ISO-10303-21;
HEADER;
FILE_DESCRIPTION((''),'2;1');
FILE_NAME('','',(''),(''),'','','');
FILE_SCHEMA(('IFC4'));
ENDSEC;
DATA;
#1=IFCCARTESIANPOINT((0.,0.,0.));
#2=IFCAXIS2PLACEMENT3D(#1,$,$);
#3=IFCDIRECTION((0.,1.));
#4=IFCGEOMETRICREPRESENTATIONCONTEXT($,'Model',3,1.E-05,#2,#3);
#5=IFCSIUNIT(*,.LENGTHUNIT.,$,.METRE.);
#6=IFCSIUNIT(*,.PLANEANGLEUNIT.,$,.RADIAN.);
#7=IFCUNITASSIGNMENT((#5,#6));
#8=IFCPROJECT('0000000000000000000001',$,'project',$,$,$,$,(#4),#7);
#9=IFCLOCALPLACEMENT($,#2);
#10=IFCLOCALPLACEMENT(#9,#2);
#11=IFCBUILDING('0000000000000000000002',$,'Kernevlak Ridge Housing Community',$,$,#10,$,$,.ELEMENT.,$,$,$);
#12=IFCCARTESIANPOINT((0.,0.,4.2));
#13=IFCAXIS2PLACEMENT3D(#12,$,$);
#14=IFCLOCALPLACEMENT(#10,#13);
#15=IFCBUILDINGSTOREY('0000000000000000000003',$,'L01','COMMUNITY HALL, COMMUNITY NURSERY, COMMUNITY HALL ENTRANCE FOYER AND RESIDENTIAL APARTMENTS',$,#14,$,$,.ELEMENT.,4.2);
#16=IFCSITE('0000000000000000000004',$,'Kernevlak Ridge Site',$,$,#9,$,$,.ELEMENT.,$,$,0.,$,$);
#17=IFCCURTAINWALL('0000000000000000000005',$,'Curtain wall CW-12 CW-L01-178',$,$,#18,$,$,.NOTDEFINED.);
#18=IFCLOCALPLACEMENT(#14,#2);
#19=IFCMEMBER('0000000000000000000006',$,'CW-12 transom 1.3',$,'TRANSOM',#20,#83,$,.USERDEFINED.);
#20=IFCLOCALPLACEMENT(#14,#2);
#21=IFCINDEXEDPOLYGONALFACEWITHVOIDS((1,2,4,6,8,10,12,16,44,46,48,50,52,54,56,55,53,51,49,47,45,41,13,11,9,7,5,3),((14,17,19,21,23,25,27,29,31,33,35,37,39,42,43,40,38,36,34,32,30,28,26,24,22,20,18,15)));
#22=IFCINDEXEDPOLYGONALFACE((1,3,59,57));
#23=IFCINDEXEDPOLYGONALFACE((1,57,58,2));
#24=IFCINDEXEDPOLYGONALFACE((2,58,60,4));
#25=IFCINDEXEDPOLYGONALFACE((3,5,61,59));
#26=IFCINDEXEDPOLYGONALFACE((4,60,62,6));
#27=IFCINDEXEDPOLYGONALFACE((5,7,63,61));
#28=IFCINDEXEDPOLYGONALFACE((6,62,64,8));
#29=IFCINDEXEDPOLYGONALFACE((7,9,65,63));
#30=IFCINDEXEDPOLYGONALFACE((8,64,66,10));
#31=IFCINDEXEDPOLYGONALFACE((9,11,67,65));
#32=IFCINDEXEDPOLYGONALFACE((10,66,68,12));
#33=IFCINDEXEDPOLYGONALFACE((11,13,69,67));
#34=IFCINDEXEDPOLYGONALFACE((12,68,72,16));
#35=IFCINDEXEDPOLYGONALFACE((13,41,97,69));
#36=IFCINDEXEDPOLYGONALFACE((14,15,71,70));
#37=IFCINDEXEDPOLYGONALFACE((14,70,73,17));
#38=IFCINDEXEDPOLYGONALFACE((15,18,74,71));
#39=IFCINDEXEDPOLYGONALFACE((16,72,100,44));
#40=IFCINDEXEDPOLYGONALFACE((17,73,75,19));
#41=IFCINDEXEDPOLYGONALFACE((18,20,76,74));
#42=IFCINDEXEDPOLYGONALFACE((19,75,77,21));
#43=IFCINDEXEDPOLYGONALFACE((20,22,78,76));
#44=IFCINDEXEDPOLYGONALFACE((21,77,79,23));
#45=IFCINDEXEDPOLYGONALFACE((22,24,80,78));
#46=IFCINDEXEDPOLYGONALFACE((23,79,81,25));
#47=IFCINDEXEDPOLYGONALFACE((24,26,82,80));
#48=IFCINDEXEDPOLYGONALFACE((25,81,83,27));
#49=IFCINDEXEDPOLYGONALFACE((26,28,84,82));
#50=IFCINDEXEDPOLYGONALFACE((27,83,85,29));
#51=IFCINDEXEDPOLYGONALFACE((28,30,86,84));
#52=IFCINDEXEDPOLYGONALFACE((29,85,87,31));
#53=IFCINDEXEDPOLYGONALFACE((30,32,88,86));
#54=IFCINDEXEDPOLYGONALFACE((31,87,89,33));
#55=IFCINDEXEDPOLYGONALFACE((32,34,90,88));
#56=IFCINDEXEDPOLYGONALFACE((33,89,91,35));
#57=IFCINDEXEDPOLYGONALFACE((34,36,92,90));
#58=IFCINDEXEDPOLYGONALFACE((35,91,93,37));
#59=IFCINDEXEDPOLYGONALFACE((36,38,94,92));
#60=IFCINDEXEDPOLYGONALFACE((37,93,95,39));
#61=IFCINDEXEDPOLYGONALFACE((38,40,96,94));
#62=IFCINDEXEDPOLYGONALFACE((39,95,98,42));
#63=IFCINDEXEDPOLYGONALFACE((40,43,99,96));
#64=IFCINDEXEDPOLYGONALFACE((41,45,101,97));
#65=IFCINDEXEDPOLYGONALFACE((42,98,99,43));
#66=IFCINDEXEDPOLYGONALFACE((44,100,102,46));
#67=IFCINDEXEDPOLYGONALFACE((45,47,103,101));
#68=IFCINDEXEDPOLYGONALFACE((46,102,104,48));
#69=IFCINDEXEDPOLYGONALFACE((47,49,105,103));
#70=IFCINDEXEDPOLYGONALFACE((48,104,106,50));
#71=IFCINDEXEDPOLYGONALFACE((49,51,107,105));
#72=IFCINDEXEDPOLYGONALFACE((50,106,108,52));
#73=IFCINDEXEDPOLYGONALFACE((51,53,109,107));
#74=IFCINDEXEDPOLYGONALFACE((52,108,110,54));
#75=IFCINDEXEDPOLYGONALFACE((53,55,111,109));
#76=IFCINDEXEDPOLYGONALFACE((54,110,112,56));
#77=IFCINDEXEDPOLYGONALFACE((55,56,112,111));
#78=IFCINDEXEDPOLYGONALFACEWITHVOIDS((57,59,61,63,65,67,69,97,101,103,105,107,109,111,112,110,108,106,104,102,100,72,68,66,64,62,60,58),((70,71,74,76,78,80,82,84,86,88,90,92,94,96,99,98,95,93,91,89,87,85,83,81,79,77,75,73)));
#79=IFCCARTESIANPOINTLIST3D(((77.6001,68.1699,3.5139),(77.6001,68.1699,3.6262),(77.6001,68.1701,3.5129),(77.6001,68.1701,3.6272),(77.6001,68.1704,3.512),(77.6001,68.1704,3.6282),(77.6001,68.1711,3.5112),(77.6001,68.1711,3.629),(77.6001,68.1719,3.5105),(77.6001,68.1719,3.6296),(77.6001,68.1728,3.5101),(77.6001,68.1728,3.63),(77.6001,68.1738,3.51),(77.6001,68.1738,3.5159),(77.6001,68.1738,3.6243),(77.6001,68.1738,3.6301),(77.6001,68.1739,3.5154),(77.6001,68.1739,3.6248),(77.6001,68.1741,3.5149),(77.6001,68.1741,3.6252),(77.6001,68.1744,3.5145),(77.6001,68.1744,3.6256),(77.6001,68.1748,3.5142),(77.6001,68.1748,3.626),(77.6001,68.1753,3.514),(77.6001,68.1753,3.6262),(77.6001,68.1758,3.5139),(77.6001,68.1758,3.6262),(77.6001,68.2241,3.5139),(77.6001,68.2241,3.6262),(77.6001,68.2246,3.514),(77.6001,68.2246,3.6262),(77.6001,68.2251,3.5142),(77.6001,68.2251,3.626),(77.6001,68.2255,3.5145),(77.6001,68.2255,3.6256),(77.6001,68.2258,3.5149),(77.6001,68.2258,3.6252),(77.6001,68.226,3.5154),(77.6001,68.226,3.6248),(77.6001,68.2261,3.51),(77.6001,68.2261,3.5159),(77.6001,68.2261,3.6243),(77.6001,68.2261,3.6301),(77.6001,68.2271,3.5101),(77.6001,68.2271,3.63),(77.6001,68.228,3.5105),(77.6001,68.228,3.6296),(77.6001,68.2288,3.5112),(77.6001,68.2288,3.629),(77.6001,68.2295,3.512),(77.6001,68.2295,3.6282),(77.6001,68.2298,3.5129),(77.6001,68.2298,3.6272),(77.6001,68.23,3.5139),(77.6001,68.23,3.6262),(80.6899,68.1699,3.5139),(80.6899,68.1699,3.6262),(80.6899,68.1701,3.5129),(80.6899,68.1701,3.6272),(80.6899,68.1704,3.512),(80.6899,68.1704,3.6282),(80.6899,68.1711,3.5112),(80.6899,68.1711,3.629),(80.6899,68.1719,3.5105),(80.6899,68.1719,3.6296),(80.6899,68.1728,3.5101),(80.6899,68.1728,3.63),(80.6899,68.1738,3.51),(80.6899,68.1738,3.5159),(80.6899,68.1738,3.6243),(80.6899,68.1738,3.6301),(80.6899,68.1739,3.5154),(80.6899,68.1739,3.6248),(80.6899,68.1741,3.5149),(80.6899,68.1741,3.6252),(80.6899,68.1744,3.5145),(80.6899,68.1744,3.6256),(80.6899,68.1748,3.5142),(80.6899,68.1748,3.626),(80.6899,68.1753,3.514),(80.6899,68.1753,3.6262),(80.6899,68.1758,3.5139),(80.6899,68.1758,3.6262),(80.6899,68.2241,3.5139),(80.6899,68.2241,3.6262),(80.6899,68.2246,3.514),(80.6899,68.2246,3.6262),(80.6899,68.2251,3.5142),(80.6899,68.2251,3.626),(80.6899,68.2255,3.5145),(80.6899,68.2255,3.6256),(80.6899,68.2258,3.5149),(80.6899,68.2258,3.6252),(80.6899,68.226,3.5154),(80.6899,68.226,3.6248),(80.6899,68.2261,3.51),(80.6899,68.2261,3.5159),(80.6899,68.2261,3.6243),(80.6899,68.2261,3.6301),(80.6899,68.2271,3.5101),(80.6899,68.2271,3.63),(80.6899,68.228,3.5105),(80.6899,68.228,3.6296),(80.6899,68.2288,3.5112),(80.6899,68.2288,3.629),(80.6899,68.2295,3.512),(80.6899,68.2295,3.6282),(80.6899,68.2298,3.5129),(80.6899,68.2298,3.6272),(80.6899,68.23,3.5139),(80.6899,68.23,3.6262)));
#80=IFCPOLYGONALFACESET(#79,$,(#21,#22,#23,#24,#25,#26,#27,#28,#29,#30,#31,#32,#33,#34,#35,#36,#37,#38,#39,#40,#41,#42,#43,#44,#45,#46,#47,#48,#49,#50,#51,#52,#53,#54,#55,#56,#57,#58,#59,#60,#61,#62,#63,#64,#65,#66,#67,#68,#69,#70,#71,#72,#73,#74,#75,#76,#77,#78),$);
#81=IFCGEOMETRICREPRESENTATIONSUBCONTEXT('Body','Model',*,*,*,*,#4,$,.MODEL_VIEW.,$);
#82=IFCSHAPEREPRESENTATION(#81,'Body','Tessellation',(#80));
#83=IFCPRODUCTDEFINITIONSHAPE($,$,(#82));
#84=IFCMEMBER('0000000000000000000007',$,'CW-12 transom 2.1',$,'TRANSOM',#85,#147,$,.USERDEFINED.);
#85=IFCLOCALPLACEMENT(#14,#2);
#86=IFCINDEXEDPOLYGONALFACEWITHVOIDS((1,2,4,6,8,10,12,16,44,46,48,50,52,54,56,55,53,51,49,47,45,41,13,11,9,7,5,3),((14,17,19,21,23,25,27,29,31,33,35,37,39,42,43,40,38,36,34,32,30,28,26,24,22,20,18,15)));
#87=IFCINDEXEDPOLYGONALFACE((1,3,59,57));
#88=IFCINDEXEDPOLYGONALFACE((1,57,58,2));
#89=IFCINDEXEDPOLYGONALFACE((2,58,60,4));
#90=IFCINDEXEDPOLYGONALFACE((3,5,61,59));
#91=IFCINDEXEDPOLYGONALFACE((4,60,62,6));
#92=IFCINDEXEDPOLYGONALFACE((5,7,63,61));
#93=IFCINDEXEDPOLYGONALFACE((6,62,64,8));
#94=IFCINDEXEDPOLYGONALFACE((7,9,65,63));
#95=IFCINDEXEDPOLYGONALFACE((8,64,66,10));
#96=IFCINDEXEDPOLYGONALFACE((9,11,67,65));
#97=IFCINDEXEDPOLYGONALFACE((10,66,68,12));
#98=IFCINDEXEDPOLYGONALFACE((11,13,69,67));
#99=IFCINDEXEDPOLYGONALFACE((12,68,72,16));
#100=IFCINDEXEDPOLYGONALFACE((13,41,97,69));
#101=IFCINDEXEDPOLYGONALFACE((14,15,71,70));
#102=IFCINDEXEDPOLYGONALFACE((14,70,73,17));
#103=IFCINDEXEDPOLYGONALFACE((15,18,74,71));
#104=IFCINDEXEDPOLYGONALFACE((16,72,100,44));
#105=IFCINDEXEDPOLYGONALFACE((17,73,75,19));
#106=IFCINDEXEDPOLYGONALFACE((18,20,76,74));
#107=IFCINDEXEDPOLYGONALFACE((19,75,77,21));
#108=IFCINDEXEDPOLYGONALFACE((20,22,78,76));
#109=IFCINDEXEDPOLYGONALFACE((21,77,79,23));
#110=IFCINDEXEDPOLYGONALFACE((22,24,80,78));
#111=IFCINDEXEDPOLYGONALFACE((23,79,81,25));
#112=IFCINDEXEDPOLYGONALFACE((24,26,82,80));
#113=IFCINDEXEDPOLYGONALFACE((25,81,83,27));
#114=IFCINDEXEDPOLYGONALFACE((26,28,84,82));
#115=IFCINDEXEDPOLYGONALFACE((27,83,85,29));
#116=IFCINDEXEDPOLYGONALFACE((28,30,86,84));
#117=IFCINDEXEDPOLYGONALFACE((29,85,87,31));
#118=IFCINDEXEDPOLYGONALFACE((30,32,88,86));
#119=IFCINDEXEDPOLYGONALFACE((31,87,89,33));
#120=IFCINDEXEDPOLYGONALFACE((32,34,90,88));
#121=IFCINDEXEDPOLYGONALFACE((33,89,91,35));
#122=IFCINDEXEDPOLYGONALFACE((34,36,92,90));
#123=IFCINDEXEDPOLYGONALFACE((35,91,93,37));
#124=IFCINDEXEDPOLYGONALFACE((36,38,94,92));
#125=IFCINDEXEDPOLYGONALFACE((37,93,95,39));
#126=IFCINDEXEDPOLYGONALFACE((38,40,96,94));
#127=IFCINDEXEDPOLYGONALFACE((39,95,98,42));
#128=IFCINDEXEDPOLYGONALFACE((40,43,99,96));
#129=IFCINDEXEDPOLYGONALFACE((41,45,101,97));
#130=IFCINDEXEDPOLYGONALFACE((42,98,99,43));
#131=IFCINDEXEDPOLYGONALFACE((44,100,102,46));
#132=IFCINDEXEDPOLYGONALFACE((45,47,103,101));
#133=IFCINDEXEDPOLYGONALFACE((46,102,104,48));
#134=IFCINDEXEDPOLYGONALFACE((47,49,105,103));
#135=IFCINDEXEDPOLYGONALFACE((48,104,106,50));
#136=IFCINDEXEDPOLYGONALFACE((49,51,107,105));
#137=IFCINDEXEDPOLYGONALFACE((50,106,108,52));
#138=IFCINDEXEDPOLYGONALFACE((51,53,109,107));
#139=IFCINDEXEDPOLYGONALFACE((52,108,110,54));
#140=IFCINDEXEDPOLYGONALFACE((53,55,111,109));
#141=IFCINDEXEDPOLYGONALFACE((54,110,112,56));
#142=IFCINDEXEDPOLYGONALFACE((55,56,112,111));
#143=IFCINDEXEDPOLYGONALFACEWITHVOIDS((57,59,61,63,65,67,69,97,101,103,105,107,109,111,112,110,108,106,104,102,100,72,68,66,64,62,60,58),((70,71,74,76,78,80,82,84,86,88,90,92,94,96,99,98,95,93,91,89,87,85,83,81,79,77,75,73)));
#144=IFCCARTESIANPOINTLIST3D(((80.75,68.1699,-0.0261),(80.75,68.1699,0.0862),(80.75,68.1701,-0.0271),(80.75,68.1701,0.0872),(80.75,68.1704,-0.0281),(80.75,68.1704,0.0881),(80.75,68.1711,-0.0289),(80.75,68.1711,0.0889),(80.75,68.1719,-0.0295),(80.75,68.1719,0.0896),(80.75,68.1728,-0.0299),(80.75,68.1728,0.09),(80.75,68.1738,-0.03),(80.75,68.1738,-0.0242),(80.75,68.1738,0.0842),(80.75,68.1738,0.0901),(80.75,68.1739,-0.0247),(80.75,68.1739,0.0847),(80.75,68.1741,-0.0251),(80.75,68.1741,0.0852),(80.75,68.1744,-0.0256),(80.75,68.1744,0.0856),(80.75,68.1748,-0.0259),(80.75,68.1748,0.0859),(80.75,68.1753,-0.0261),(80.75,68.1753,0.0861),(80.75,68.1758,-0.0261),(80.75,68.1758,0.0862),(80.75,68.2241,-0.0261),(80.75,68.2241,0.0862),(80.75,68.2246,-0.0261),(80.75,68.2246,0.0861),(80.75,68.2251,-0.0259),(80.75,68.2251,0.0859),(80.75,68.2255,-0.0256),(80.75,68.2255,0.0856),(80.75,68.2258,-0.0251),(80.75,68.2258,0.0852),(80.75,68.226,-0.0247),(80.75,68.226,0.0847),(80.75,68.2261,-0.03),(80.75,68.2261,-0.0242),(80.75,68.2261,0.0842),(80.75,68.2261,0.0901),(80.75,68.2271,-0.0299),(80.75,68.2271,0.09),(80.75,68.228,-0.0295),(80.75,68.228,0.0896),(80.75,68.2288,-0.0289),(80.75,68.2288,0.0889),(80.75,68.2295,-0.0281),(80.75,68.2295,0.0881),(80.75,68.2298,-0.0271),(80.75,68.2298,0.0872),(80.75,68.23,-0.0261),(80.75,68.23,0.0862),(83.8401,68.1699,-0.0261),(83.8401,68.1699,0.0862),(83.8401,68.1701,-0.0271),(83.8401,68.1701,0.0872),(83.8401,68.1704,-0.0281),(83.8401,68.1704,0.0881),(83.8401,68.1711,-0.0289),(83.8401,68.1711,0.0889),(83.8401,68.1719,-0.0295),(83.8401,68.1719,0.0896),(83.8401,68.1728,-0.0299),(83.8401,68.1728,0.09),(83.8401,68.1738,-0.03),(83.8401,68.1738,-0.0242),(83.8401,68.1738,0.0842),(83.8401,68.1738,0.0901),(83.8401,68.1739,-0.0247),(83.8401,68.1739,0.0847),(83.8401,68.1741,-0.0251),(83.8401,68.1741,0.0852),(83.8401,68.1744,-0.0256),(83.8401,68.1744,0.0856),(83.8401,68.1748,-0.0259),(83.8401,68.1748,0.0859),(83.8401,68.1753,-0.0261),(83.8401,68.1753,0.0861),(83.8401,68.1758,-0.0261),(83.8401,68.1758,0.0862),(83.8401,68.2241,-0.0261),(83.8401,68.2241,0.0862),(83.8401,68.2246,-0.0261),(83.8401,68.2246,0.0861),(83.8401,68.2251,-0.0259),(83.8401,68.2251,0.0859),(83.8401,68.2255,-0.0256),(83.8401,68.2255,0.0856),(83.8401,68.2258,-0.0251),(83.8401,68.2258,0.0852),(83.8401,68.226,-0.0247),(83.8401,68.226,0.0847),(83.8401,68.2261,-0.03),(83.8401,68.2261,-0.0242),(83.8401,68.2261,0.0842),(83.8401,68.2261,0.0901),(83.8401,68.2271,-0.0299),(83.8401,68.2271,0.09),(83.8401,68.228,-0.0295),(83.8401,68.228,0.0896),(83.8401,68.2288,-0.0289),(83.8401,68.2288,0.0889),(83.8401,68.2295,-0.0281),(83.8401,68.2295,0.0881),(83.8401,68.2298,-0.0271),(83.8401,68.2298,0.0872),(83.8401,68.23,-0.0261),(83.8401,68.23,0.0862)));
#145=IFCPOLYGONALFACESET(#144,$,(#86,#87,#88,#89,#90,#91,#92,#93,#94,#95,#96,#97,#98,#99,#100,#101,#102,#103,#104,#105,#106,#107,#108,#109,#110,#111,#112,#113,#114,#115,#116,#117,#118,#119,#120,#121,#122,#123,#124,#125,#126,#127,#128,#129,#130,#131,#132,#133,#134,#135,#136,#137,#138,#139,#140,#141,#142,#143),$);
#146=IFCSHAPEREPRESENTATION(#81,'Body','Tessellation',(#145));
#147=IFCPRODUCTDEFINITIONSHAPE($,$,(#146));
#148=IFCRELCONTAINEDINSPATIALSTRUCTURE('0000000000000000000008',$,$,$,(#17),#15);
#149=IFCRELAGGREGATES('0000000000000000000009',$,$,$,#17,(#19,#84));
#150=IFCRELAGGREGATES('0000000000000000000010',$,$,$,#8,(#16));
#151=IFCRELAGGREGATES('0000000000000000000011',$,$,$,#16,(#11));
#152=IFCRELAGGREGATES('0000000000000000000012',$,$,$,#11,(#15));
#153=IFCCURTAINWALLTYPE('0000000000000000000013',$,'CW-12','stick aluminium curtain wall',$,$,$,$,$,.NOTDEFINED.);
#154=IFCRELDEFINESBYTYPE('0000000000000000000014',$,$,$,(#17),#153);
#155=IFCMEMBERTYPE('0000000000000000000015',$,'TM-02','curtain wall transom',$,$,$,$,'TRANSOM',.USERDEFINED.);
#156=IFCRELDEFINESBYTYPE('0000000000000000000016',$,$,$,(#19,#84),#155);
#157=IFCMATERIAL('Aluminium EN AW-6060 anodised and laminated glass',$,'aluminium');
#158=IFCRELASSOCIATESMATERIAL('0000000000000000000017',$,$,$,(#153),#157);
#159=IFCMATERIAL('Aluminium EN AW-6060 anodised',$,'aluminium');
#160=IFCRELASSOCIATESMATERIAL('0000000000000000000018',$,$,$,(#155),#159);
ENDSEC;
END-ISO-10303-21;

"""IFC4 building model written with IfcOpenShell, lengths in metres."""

from ifc_helpers import new_model, si_unit, direction, frame, origin, origin_2d, place, context, subcontext, project, spatial, hollow_rectangle, extrude, material, material_profile, profile_set, type_object, element, aggregate, save


model = new_model("IFC4")

# Units and contexts
model_context = context("Model", 3, precision=1e-05, world=origin(), true_north=direction((0.0, 1.0)))
body_context = subcontext(model_context, "Body", "Model", "MODEL_VIEW")
ifc_project = project(units=[si_unit("LENGTHUNIT", "METRE"), si_unit("PLANEANGLEUNIT", "RADIAN")], contexts=[model_context])

# Site, building, storey
site_placement = place(None, origin())
site = spatial("IfcSite", under=ifc_project, at=site_placement, Name="Kernevlak Ridge Site", CompositionType="ELEMENT", RefElevation=0.0)
building_placement = place(site_placement, origin())
building = spatial("IfcBuilding", under=site, at=building_placement, Name="Kernevlak Ridge Housing Community", CompositionType="ELEMENT")
storey_placement = place(building_placement, frame((0.0, 0.0, 4.2)))
storey = spatial("IfcBuildingStorey", under=building, at=storey_placement, Name="L01", Description="COMMUNITY HALL, COMMUNITY NURSERY, COMMUNITY HALL ENTRANCE FOYER AND RESIDENTIAL APARTMENTS", CompositionType="ELEMENT", Elevation=4.2)

# Curtain wall
ifc_material_1 = material(Name="Aluminium EN AW-6060 anodised and laminated glass", Category="aluminium")
ifc_material_2 = material(Name="Aluminium EN AW-6060 anodised", Category="aluminium")
curtain_wall_type_1 = type_object("IfcCurtainWallType", Name="CW-12", Description="stick aluminium curtain wall", PredefinedType="NOTDEFINED", material=ifc_material_1)
curtain_wall_1_placement = place(storey_placement, origin())
curtain_wall_1 = element("IfcCurtainWall", 1, at=curtain_wall_1_placement, inside=storey, type_object=curtain_wall_type_1, Name="Curtain wall CW-12 CW-L01-178", PredefinedType="NOTDEFINED")

# Members
ifc_material_profile_1 = material_profile(ifc_material_2, hollow_rectangle(XDim=0.0601, YDim=0.1201, WallThickness=0.0039, InnerFilletRadius=0.002, OuterFilletRadius=0.0039, at=origin_2d()), Name="ALU 60x120x4")
ifc_profile_set_1 = profile_set([ifc_material_profile_1], Name="Aluminium EN AW-6060 anodised")
member_type_1 = type_object("IfcMemberType", Name="TM-02", Description="curtain wall transom", ElementType="TRANSOM", PredefinedType="USERDEFINED", material=ifc_profile_set_1)
member_1_placement = place(storey_placement, frame((77.6001, 68.2, 3.5701), z_axis=(1.0, 0.0, 0.0), x_axis=(0.0, 1.0, 0.0)))
member_1 = element("IfcMember", 2, at=member_1_placement, type_object=member_type_1, Name="CW-12 transom 1.3", ObjectType="TRANSOM", PredefinedType="USERDEFINED", context=body_context, shape_type="SweptSolid", body=[
    extrude(hollow_rectangle(XDim=0.0601, YDim=0.1201, WallThickness=0.0039, InnerFilletRadius=0.002, OuterFilletRadius=0.0039, at=origin_2d()), origin(), (0.0, 0.0, 1.0), 3.0898),
])
member_2_placement = place(storey_placement, frame((80.75, 68.2, 0.03), z_axis=(1.0, 0.0, 0.0), x_axis=(0.0, 1.0, 0.0)))
member_2 = element("IfcMember", 3, at=member_2_placement, type_object=member_type_1, Name="CW-12 transom 2.1", ObjectType="TRANSOM", PredefinedType="USERDEFINED", context=body_context, shape_type="SweptSolid", body=[
    extrude(hollow_rectangle(XDim=0.0601, YDim=0.1201, WallThickness=0.0039, InnerFilletRadius=0.002, OuterFilletRadius=0.0039, at=origin_2d()), origin(), (0.0, 0.0, 1.0), 3.0901),
])

aggregate(curtain_wall_1, [member_1, member_2])

save(model, "model.ifc")
